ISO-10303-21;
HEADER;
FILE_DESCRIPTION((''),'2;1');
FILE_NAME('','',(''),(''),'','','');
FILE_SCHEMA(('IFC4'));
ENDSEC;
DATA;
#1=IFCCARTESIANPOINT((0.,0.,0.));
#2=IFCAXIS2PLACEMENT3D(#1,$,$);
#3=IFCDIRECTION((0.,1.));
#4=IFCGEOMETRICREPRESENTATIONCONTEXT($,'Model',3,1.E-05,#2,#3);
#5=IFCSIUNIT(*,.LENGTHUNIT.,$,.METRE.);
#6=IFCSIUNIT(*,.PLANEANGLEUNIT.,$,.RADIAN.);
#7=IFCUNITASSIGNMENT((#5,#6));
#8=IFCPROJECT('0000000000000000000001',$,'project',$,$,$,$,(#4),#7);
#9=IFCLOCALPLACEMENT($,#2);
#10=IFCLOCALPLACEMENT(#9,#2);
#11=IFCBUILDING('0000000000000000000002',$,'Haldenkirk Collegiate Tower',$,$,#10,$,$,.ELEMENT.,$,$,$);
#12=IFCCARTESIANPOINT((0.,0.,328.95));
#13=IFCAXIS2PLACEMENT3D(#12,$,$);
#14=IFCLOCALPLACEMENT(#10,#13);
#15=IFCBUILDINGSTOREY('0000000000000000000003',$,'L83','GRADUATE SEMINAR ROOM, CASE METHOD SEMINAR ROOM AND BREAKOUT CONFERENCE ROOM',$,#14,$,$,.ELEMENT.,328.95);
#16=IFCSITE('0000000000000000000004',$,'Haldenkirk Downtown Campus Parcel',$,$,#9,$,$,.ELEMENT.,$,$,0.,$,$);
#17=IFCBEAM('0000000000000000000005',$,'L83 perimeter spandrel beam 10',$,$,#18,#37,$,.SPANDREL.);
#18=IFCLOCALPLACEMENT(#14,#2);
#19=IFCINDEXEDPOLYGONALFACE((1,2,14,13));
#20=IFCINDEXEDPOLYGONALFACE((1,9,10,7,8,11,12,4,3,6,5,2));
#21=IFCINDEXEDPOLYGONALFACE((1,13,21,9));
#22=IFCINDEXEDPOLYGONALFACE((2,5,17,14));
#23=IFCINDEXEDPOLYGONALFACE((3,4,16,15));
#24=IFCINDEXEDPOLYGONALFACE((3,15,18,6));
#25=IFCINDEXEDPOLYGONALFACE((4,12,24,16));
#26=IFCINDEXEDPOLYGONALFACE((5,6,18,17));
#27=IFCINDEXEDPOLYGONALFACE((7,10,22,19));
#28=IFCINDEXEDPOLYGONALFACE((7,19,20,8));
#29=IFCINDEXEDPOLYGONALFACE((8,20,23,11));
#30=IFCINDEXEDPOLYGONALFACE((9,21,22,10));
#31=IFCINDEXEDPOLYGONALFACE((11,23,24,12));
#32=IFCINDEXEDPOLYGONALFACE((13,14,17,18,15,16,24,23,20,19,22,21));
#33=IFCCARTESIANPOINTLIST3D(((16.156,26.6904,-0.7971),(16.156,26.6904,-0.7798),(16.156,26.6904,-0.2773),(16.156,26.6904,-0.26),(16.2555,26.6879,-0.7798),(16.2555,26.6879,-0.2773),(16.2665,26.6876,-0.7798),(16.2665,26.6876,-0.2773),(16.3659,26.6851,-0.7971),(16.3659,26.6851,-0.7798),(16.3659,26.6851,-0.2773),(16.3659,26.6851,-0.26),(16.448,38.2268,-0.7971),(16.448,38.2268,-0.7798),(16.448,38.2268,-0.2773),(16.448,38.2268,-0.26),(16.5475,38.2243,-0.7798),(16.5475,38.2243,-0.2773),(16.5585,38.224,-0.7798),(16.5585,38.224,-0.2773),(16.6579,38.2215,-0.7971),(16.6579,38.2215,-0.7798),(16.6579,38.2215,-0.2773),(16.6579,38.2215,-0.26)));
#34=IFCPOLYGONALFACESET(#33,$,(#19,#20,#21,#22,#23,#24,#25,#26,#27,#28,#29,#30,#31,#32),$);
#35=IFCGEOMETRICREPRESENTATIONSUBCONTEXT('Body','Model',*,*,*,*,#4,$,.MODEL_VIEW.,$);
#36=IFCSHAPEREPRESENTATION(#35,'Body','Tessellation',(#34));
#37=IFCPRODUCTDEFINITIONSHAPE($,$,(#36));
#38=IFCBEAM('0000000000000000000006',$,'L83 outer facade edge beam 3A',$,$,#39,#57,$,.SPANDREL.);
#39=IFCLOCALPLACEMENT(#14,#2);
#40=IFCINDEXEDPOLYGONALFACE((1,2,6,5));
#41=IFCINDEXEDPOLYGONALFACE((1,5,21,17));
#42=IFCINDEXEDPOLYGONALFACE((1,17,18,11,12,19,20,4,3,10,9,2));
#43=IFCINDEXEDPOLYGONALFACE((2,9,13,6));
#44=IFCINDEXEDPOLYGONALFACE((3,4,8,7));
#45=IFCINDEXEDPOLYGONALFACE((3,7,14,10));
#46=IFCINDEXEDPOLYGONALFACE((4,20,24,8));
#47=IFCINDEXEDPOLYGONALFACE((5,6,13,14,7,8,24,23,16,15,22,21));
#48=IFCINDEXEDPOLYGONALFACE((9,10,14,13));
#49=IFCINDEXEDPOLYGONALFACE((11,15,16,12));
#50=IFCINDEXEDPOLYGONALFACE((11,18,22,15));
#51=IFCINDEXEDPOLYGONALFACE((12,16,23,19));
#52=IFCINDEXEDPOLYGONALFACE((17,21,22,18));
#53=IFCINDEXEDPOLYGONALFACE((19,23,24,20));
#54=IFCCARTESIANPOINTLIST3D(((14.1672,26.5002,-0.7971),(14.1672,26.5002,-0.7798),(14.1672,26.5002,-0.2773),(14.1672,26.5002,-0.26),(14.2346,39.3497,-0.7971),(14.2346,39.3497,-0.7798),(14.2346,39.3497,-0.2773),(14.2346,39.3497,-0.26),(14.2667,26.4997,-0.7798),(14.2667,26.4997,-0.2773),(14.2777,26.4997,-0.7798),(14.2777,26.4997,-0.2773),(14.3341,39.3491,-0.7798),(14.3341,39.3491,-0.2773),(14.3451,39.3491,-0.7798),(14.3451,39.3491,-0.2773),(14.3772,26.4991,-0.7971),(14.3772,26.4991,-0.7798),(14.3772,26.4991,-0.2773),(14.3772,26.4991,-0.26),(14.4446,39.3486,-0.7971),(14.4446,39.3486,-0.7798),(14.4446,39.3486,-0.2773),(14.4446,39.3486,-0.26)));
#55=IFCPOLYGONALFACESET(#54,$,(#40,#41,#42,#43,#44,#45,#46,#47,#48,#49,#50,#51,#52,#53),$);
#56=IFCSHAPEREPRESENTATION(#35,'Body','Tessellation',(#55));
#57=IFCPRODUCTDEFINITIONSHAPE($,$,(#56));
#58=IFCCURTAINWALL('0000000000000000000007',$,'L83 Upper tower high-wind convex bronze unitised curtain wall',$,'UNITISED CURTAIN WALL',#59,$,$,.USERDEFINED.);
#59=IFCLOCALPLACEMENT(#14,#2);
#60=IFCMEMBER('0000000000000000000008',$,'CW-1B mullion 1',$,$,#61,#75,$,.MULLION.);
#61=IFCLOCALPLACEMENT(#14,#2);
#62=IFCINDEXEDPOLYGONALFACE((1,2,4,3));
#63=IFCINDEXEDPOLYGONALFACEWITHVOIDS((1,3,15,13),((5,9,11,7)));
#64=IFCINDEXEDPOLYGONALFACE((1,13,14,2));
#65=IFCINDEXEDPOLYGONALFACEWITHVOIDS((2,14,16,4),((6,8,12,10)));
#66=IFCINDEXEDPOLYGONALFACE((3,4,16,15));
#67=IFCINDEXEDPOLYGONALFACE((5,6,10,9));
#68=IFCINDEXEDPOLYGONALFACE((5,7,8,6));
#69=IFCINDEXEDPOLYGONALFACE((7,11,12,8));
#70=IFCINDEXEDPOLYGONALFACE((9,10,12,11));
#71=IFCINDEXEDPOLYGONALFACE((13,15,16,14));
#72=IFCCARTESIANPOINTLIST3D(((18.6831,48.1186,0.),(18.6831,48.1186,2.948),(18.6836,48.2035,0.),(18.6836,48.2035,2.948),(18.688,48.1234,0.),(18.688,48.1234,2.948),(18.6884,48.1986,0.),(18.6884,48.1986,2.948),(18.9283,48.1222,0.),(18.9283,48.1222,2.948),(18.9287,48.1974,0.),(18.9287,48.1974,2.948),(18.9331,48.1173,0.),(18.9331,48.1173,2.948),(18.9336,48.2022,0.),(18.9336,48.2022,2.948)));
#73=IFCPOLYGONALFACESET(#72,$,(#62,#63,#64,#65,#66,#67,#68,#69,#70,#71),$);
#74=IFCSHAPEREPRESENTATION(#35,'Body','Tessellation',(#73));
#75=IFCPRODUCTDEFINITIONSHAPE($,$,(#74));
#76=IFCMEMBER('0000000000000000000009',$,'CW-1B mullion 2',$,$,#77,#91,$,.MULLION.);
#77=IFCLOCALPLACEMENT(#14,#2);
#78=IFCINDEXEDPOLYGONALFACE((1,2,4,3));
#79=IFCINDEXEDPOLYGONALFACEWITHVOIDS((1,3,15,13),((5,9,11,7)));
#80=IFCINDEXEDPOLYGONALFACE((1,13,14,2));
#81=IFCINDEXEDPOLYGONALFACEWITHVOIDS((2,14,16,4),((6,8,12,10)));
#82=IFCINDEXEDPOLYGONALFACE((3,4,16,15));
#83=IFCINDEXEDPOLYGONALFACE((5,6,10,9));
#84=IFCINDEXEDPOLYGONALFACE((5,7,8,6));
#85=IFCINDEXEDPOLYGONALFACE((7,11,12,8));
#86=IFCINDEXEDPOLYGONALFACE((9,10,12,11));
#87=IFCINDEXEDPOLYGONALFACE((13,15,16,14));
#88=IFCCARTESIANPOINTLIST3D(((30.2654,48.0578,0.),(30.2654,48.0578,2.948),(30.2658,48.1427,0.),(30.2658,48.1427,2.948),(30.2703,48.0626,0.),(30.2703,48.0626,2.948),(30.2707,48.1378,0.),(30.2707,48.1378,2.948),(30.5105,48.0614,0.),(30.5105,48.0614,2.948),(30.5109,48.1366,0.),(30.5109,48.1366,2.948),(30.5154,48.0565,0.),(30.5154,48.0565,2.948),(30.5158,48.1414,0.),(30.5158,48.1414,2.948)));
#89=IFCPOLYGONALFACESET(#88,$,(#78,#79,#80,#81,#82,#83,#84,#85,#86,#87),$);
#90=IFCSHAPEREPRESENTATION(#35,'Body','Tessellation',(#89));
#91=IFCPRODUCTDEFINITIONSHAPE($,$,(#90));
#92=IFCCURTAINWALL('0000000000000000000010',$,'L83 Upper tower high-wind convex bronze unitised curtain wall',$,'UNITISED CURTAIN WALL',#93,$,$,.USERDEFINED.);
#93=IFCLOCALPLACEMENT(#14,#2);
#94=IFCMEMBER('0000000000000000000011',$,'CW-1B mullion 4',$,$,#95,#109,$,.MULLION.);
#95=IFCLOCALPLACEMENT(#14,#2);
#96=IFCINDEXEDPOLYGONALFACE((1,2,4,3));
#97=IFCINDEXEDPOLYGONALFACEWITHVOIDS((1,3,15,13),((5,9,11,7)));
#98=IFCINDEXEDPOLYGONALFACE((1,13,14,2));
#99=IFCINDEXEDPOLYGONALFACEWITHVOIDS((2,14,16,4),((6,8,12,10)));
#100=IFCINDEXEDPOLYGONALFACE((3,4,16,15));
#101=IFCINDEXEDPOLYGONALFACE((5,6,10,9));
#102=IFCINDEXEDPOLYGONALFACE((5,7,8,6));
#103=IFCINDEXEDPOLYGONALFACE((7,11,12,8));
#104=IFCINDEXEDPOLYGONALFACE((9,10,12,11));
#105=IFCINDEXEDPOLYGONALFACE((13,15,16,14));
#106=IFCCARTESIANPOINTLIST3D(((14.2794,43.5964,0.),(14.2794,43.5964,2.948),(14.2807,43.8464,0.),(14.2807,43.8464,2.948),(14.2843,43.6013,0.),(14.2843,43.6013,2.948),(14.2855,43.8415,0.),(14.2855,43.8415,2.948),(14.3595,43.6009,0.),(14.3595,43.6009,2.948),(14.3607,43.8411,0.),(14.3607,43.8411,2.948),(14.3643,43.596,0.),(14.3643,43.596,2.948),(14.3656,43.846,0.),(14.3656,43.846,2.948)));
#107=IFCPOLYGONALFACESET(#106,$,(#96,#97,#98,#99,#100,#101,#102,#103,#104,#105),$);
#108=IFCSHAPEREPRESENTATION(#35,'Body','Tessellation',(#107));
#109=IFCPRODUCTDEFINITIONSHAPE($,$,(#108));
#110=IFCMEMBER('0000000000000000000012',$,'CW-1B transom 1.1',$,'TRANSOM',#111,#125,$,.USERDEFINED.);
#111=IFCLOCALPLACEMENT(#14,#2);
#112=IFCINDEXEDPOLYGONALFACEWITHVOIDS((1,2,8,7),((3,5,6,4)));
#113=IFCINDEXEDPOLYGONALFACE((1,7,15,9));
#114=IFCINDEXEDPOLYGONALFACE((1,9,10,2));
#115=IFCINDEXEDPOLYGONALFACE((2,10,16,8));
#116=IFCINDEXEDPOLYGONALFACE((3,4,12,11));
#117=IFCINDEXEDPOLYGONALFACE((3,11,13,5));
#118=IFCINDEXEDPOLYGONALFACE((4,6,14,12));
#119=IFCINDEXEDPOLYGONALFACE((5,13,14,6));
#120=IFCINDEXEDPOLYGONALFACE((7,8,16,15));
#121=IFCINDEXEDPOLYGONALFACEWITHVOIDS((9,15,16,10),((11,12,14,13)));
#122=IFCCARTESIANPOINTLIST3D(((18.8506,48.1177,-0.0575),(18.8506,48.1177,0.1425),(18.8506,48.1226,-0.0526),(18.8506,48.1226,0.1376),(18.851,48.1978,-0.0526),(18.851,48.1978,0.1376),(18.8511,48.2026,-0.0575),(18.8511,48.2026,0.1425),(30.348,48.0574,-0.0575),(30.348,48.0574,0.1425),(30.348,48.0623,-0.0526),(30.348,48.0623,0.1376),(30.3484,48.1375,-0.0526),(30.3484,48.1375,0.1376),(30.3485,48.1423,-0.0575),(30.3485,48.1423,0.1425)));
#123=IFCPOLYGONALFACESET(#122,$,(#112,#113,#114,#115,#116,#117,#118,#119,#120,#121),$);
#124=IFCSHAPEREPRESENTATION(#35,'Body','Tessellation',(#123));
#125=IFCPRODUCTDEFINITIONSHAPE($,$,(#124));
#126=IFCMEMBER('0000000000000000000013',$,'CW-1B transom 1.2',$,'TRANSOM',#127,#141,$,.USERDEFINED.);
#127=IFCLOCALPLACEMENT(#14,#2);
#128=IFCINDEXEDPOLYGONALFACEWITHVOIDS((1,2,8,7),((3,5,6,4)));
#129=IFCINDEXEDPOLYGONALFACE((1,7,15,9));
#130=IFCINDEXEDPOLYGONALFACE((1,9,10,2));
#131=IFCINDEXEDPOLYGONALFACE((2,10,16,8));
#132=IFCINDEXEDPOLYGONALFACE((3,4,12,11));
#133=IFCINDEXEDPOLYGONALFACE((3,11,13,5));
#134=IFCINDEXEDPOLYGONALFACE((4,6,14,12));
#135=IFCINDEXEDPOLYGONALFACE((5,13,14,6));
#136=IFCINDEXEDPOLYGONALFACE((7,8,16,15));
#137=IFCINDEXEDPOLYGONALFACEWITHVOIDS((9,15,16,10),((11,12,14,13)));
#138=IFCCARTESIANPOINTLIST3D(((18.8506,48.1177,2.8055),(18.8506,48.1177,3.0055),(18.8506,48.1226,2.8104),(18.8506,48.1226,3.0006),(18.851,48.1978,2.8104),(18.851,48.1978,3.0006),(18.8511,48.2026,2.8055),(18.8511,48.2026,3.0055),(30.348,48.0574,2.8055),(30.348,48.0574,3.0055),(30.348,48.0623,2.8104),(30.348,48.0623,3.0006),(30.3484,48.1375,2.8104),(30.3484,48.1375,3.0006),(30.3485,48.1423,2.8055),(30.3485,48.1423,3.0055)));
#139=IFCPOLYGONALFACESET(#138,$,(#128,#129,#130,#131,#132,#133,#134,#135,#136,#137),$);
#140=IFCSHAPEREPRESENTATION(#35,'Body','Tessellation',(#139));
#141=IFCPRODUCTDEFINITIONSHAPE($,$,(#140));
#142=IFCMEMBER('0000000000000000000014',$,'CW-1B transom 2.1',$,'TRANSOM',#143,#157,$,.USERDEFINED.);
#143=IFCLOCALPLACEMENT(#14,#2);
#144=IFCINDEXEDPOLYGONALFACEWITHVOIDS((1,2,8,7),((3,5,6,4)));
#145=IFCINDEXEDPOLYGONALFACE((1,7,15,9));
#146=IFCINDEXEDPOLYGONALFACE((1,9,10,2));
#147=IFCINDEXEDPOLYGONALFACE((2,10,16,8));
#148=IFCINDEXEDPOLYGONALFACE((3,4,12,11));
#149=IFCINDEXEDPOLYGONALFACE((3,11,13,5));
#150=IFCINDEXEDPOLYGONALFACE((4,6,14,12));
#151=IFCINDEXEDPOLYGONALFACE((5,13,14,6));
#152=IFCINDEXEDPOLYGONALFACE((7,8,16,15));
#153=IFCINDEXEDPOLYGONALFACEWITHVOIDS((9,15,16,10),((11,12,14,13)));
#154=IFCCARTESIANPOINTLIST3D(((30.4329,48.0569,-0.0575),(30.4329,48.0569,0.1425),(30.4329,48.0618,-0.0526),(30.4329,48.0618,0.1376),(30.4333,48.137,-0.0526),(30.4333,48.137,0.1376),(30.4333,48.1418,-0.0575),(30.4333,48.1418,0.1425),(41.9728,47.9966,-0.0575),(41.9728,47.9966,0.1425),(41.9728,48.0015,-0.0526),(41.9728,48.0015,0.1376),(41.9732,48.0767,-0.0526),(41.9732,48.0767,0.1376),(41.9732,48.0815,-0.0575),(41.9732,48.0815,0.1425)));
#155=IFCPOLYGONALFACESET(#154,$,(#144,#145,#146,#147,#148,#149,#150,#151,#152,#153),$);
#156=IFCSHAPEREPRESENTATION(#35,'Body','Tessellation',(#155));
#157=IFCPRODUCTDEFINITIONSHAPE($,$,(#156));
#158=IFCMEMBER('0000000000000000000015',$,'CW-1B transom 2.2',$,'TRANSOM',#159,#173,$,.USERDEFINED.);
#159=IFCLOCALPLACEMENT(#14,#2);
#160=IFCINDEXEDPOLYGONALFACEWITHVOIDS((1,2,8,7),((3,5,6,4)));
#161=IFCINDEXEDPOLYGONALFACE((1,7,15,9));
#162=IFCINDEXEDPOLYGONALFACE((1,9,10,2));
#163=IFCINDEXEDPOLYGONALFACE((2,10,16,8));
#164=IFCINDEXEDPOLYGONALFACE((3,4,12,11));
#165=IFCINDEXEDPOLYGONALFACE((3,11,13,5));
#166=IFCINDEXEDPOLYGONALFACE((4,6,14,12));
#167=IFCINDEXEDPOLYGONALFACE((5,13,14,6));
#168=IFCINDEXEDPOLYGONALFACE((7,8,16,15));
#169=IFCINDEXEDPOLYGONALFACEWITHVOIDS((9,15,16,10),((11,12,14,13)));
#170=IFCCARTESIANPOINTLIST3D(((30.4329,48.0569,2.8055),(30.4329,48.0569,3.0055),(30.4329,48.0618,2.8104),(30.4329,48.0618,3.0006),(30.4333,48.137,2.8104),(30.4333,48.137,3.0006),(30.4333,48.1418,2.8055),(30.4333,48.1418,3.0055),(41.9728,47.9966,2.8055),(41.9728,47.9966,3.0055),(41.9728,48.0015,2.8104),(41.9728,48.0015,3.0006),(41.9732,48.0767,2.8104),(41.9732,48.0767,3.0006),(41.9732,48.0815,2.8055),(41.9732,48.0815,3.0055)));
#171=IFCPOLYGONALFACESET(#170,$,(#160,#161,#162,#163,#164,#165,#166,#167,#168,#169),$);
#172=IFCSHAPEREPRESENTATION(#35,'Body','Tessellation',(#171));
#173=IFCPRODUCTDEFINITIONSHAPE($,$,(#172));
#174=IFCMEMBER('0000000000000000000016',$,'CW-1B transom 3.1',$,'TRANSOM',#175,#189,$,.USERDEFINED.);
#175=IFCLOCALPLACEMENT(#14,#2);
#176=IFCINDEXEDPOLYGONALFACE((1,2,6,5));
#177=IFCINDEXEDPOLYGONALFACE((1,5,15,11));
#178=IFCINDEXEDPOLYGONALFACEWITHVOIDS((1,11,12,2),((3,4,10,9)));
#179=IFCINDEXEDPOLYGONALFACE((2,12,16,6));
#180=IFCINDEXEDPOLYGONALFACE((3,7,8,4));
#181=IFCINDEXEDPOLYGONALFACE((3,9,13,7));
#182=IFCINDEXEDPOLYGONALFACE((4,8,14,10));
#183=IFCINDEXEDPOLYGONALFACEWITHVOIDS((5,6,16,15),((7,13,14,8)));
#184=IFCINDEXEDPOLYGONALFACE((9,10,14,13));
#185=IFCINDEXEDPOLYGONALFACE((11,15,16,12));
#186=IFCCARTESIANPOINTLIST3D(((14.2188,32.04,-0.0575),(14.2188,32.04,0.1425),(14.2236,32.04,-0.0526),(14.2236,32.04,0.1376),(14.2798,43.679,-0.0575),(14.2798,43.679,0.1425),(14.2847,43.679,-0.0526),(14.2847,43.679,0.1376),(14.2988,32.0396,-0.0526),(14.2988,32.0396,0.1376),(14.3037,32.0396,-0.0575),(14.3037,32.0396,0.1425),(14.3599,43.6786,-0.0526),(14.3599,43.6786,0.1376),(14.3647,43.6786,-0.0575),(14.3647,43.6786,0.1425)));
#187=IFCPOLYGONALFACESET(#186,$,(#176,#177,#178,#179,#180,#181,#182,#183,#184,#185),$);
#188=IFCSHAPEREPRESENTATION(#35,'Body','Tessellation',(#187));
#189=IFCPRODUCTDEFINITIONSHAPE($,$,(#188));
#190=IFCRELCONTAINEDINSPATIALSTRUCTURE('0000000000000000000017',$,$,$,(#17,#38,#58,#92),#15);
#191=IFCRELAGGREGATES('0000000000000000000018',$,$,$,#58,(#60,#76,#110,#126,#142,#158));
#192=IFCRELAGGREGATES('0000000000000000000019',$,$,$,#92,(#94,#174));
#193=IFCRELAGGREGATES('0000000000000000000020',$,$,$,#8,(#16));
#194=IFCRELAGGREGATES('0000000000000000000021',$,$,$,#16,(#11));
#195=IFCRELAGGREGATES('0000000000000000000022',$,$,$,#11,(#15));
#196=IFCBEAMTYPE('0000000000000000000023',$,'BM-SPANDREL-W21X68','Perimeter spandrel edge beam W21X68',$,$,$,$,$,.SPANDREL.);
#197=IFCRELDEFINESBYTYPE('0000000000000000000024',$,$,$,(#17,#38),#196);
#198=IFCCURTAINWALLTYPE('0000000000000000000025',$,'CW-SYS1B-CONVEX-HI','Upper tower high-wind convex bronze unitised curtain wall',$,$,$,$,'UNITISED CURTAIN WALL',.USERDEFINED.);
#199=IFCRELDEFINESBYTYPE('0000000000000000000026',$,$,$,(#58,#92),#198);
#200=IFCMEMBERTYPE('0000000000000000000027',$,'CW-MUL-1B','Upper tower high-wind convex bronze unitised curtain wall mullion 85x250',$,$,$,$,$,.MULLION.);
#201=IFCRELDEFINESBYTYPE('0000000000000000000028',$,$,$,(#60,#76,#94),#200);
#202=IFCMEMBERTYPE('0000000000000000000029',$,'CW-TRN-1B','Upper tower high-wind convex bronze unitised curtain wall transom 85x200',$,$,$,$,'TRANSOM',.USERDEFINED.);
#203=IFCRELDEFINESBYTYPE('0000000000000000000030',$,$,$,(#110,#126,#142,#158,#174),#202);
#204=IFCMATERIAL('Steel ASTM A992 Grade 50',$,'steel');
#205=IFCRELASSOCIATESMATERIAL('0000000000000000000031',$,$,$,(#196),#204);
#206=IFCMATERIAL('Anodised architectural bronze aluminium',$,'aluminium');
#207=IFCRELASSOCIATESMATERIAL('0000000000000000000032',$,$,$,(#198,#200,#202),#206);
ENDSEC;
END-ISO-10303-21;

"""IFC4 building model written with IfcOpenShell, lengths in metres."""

from ifc_helpers import new_model, si_unit, direction, frame, origin, origin_2d, place, context, subcontext, project, spatial, hollow_rectangle, i_section, extrude, material, material_profile, profile_set, type_object, element, aggregate, save


model = new_model("IFC4")

# Units and contexts
model_context = context("Model", 3, precision=1e-05, world=origin(), true_north=direction((0.0, 1.0)))
body_context = subcontext(model_context, "Body", "Model", "MODEL_VIEW")
ifc_project = project(units=[si_unit("LENGTHUNIT", "METRE"), si_unit("PLANEANGLEUNIT", "RADIAN")], contexts=[model_context])

# Site, building, storey
site_placement = place(None, origin())
site = spatial("IfcSite", under=ifc_project, at=site_placement, Name="Haldenkirk Downtown Campus Parcel", CompositionType="ELEMENT", RefElevation=0.0)
building_placement = place(site_placement, origin())
building = spatial("IfcBuilding", under=site, at=building_placement, Name="Haldenkirk Collegiate Tower", CompositionType="ELEMENT")
storey_placement = place(building_placement, frame((0.0, 0.0, 328.95)))
storey = spatial("IfcBuildingStorey", under=building, at=storey_placement, Name="L83", Description="GRADUATE SEMINAR ROOM, CASE METHOD SEMINAR ROOM AND BREAKOUT CONFERENCE ROOM", CompositionType="ELEMENT", Elevation=328.95)

# Beams
ifc_material_1 = material(Name="Steel ASTM A992 Grade 50", Category="steel")
ifc_material_profile_1 = material_profile(ifc_material_1, i_section(OverallWidth=0.21, OverallDepth=0.5371, WebThickness=0.011, FlangeThickness=0.0173, at=origin_2d()), Name="W21X68")
ifc_profile_set_1 = profile_set([ifc_material_profile_1], Name="Steel ASTM A992 Grade 50")
beam_type_1 = type_object("IfcBeamType", Name="BM-SPANDREL-W21X68", Description="Perimeter spandrel edge beam W21X68", PredefinedType="SPANDREL", material=ifc_profile_set_1)
beam_1_placement = place(storey_placement, frame((16.553, 38.2241, -0.5286), z_axis=(-0.025302, -0.99968, 0.0), x_axis=(0.99968, -0.025302, 0.0)))
element("IfcBeam", 1, at=beam_1_placement, inside=storey, type_object=beam_type_1, Name="L83 perimeter spandrel beam 10", PredefinedType="SPANDREL", context=body_context, shape_type="SweptSolid", body=[
    extrude(i_section(OverallWidth=0.21, OverallDepth=0.5371, WebThickness=0.011, FlangeThickness=0.0173, at=origin_2d()), origin(), (0.0, 0.0, 1.0), 11.54),
])
beam_2_placement = place(storey_placement, frame((14.3396, 39.3491, -0.5286), z_axis=(-0.005244, -0.999986, 0.0), x_axis=(0.999986, -0.005244, 0.0)))
element("IfcBeam", 2, at=beam_2_placement, inside=storey, type_object=beam_type_1, Name="L83 outer facade edge beam 3A", PredefinedType="SPANDREL", context=body_context, shape_type="SweptSolid", body=[
    extrude(i_section(OverallWidth=0.21, OverallDepth=0.5371, WebThickness=0.011, FlangeThickness=0.0173, at=origin_2d()), origin(), (0.0, 0.0, 1.0), 12.8496),
])

# Curtain wall, members
ifc_material_2 = material(Name="Anodised architectural bronze aluminium", Category="aluminium")
curtain_wall_type = type_object("IfcCurtainWallType", Name="CW-SYS1B-CONVEX-HI", Description="Upper tower high-wind convex bronze unitised curtain wall", ElementType="UNITISED CURTAIN WALL", PredefinedType="USERDEFINED", material=ifc_material_2)
curtain_wall_1_placement = place(storey_placement, origin())
curtain_wall_1 = element("IfcCurtainWall", 3, at=curtain_wall_1_placement, inside=storey, type_object=curtain_wall_type, Name="L83 Upper tower high-wind convex bronze unitised curtain wall", ObjectType="UNITISED CURTAIN WALL", PredefinedType="USERDEFINED")
ifc_material_profile_2 = material_profile(ifc_material_2, hollow_rectangle(XDim=0.085, YDim=0.25, WallThickness=0.0049, at=origin_2d()), Name="CW-MUL-1B")
ifc_profile_set_2 = profile_set([ifc_material_profile_2], Name="Anodised architectural bronze aluminium")
member_type_1 = type_object("IfcMemberType", Name="CW-MUL-1B", Description="Upper tower high-wind convex bronze unitised curtain wall mullion 85x250", PredefinedType="MULLION", material=ifc_profile_set_2)
member_1_placement = place(storey_placement, frame((18.8083, 48.1604, 0.0), z_axis=(0.0, 0.0, 1.0), x_axis=(0.005239, 0.999986, 0.0)))
member_1 = element("IfcMember", 4, at=member_1_placement, type_object=member_type_1, Name="CW-1B mullion 1", PredefinedType="MULLION", context=body_context, shape_type="SweptSolid", body=[
    extrude(hollow_rectangle(XDim=0.085, YDim=0.25, WallThickness=0.0049, at=origin_2d()), origin(), (0.0, 0.0, 1.0), 2.948),
])
member_2_placement = place(storey_placement, frame((30.3906, 48.0996, 0.0), z_axis=(0.0, 0.0, 1.0), x_axis=(0.005239, 0.999986, 0.0)))
member_2 = element("IfcMember", 5, at=member_2_placement, type_object=member_type_1, Name="CW-1B mullion 2", PredefinedType="MULLION", context=body_context, shape_type="SweptSolid", body=[
    extrude(hollow_rectangle(XDim=0.085, YDim=0.25, WallThickness=0.0049, at=origin_2d()), origin(), (0.0, 0.0, 1.0), 2.948),
])

# Curtain wall, member
curtain_wall_2_placement = place(storey_placement, origin())
curtain_wall_2 = element("IfcCurtainWall", 6, at=curtain_wall_2_placement, inside=storey, type_object=curtain_wall_type, Name="L83 Upper tower high-wind convex bronze unitised curtain wall", ObjectType="UNITISED CURTAIN WALL", PredefinedType="USERDEFINED")
member_3_placement = place(storey_placement, frame((14.3225, 43.7212, 0.0), z_axis=(0.0, 0.0, 1.0), x_axis=(-0.999986, 0.005235, 0.0)))
member_3 = element("IfcMember", 7, at=member_3_placement, type_object=member_type_1, Name="CW-1B mullion 4", PredefinedType="MULLION", context=body_context, shape_type="SweptSolid", body=[
    extrude(hollow_rectangle(XDim=0.085, YDim=0.25, WallThickness=0.0049, at=origin_2d()), origin(), (0.0, 0.0, 1.0), 2.948),
])

# Members
ifc_material_profile_3 = material_profile(ifc_material_2, hollow_rectangle(XDim=0.085, YDim=0.2, WallThickness=0.0049, at=origin_2d()), Name="CW-TRN-1B")
ifc_profile_set_3 = profile_set([ifc_material_profile_3], Name="Anodised architectural bronze aluminium")
member_type_2 = type_object("IfcMemberType", Name="CW-TRN-1B", Description="Upper tower high-wind convex bronze unitised curtain wall transom 85x200", ElementType="TRANSOM", PredefinedType="USERDEFINED", material=ifc_profile_set_3)
member_4_placement = place(storey_placement, frame((18.8508, 48.1602, 0.0425), z_axis=(0.999986, -0.005245, 0.0), x_axis=(0.005245, 0.999986, 0.0)))
member_4 = element("IfcMember", 8, at=member_4_placement, type_object=member_type_2, Name="CW-1B transom 1.1", ObjectType="TRANSOM", PredefinedType="USERDEFINED", context=body_context, shape_type="SweptSolid", body=[
    extrude(hollow_rectangle(XDim=0.085, YDim=0.2, WallThickness=0.0049, at=origin_2d()), origin(), (0.0, 0.0, 1.0), 11.4976),
])
member_5_placement = place(storey_placement, frame((18.8508, 48.1602, 2.9055), z_axis=(0.999986, -0.005245, 0.0), x_axis=(0.005245, 0.999986, 0.0)))
member_5 = element("IfcMember", 9, at=member_5_placement, type_object=member_type_2, Name="CW-1B transom 1.2", ObjectType="TRANSOM", PredefinedType="USERDEFINED", context=body_context, shape_type="SweptSolid", body=[
    extrude(hollow_rectangle(XDim=0.085, YDim=0.2, WallThickness=0.0049, at=origin_2d()), origin(), (0.0, 0.0, 1.0), 11.4976),
])
member_6_placement = place(storey_placement, frame((30.4331, 48.0994, 0.0425), z_axis=(0.999986, -0.005226, 0.0), x_axis=(0.005226, 0.999986, 0.0)))
member_6 = element("IfcMember", 10, at=member_6_placement, type_object=member_type_2, Name="CW-1B transom 2.1", ObjectType="TRANSOM", PredefinedType="USERDEFINED", context=body_context, shape_type="SweptSolid", body=[
    extrude(hollow_rectangle(XDim=0.085, YDim=0.2, WallThickness=0.0049, at=origin_2d()), origin(), (0.0, 0.0, 1.0), 11.54),
])
member_7_placement = place(storey_placement, frame((30.4331, 48.0994, 2.9055), z_axis=(0.999986, -0.005226, 0.0), x_axis=(0.005226, 0.999986, 0.0)))
member_7 = element("IfcMember", 11, at=member_7_placement, type_object=member_type_2, Name="CW-1B transom 2.2", ObjectType="TRANSOM", PredefinedType="USERDEFINED", context=body_context, shape_type="SweptSolid", body=[
    extrude(hollow_rectangle(XDim=0.085, YDim=0.2, WallThickness=0.0049, at=origin_2d()), origin(), (0.0, 0.0, 1.0), 11.54),
])
member_8_placement = place(storey_placement, frame((14.2612, 32.0398, 0.0425), z_axis=(0.005244, 0.999986, 0.0), x_axis=(-0.999986, 0.005244, 0.0)))
member_8 = element("IfcMember", 12, at=member_8_placement, type_object=member_type_2, Name="CW-1B transom 3.1", ObjectType="TRANSOM", PredefinedType="USERDEFINED", context=body_context, shape_type="SweptSolid", body=[
    extrude(hollow_rectangle(XDim=0.085, YDim=0.2, WallThickness=0.0049, at=origin_2d()), origin(), (0.0, 0.0, 1.0), 11.6392),
])

aggregate(curtain_wall_1, [member_1, member_2, member_4, member_5, member_6, member_7])
aggregate(curtain_wall_2, [member_3, member_8])

save(model, "model.ifc")
